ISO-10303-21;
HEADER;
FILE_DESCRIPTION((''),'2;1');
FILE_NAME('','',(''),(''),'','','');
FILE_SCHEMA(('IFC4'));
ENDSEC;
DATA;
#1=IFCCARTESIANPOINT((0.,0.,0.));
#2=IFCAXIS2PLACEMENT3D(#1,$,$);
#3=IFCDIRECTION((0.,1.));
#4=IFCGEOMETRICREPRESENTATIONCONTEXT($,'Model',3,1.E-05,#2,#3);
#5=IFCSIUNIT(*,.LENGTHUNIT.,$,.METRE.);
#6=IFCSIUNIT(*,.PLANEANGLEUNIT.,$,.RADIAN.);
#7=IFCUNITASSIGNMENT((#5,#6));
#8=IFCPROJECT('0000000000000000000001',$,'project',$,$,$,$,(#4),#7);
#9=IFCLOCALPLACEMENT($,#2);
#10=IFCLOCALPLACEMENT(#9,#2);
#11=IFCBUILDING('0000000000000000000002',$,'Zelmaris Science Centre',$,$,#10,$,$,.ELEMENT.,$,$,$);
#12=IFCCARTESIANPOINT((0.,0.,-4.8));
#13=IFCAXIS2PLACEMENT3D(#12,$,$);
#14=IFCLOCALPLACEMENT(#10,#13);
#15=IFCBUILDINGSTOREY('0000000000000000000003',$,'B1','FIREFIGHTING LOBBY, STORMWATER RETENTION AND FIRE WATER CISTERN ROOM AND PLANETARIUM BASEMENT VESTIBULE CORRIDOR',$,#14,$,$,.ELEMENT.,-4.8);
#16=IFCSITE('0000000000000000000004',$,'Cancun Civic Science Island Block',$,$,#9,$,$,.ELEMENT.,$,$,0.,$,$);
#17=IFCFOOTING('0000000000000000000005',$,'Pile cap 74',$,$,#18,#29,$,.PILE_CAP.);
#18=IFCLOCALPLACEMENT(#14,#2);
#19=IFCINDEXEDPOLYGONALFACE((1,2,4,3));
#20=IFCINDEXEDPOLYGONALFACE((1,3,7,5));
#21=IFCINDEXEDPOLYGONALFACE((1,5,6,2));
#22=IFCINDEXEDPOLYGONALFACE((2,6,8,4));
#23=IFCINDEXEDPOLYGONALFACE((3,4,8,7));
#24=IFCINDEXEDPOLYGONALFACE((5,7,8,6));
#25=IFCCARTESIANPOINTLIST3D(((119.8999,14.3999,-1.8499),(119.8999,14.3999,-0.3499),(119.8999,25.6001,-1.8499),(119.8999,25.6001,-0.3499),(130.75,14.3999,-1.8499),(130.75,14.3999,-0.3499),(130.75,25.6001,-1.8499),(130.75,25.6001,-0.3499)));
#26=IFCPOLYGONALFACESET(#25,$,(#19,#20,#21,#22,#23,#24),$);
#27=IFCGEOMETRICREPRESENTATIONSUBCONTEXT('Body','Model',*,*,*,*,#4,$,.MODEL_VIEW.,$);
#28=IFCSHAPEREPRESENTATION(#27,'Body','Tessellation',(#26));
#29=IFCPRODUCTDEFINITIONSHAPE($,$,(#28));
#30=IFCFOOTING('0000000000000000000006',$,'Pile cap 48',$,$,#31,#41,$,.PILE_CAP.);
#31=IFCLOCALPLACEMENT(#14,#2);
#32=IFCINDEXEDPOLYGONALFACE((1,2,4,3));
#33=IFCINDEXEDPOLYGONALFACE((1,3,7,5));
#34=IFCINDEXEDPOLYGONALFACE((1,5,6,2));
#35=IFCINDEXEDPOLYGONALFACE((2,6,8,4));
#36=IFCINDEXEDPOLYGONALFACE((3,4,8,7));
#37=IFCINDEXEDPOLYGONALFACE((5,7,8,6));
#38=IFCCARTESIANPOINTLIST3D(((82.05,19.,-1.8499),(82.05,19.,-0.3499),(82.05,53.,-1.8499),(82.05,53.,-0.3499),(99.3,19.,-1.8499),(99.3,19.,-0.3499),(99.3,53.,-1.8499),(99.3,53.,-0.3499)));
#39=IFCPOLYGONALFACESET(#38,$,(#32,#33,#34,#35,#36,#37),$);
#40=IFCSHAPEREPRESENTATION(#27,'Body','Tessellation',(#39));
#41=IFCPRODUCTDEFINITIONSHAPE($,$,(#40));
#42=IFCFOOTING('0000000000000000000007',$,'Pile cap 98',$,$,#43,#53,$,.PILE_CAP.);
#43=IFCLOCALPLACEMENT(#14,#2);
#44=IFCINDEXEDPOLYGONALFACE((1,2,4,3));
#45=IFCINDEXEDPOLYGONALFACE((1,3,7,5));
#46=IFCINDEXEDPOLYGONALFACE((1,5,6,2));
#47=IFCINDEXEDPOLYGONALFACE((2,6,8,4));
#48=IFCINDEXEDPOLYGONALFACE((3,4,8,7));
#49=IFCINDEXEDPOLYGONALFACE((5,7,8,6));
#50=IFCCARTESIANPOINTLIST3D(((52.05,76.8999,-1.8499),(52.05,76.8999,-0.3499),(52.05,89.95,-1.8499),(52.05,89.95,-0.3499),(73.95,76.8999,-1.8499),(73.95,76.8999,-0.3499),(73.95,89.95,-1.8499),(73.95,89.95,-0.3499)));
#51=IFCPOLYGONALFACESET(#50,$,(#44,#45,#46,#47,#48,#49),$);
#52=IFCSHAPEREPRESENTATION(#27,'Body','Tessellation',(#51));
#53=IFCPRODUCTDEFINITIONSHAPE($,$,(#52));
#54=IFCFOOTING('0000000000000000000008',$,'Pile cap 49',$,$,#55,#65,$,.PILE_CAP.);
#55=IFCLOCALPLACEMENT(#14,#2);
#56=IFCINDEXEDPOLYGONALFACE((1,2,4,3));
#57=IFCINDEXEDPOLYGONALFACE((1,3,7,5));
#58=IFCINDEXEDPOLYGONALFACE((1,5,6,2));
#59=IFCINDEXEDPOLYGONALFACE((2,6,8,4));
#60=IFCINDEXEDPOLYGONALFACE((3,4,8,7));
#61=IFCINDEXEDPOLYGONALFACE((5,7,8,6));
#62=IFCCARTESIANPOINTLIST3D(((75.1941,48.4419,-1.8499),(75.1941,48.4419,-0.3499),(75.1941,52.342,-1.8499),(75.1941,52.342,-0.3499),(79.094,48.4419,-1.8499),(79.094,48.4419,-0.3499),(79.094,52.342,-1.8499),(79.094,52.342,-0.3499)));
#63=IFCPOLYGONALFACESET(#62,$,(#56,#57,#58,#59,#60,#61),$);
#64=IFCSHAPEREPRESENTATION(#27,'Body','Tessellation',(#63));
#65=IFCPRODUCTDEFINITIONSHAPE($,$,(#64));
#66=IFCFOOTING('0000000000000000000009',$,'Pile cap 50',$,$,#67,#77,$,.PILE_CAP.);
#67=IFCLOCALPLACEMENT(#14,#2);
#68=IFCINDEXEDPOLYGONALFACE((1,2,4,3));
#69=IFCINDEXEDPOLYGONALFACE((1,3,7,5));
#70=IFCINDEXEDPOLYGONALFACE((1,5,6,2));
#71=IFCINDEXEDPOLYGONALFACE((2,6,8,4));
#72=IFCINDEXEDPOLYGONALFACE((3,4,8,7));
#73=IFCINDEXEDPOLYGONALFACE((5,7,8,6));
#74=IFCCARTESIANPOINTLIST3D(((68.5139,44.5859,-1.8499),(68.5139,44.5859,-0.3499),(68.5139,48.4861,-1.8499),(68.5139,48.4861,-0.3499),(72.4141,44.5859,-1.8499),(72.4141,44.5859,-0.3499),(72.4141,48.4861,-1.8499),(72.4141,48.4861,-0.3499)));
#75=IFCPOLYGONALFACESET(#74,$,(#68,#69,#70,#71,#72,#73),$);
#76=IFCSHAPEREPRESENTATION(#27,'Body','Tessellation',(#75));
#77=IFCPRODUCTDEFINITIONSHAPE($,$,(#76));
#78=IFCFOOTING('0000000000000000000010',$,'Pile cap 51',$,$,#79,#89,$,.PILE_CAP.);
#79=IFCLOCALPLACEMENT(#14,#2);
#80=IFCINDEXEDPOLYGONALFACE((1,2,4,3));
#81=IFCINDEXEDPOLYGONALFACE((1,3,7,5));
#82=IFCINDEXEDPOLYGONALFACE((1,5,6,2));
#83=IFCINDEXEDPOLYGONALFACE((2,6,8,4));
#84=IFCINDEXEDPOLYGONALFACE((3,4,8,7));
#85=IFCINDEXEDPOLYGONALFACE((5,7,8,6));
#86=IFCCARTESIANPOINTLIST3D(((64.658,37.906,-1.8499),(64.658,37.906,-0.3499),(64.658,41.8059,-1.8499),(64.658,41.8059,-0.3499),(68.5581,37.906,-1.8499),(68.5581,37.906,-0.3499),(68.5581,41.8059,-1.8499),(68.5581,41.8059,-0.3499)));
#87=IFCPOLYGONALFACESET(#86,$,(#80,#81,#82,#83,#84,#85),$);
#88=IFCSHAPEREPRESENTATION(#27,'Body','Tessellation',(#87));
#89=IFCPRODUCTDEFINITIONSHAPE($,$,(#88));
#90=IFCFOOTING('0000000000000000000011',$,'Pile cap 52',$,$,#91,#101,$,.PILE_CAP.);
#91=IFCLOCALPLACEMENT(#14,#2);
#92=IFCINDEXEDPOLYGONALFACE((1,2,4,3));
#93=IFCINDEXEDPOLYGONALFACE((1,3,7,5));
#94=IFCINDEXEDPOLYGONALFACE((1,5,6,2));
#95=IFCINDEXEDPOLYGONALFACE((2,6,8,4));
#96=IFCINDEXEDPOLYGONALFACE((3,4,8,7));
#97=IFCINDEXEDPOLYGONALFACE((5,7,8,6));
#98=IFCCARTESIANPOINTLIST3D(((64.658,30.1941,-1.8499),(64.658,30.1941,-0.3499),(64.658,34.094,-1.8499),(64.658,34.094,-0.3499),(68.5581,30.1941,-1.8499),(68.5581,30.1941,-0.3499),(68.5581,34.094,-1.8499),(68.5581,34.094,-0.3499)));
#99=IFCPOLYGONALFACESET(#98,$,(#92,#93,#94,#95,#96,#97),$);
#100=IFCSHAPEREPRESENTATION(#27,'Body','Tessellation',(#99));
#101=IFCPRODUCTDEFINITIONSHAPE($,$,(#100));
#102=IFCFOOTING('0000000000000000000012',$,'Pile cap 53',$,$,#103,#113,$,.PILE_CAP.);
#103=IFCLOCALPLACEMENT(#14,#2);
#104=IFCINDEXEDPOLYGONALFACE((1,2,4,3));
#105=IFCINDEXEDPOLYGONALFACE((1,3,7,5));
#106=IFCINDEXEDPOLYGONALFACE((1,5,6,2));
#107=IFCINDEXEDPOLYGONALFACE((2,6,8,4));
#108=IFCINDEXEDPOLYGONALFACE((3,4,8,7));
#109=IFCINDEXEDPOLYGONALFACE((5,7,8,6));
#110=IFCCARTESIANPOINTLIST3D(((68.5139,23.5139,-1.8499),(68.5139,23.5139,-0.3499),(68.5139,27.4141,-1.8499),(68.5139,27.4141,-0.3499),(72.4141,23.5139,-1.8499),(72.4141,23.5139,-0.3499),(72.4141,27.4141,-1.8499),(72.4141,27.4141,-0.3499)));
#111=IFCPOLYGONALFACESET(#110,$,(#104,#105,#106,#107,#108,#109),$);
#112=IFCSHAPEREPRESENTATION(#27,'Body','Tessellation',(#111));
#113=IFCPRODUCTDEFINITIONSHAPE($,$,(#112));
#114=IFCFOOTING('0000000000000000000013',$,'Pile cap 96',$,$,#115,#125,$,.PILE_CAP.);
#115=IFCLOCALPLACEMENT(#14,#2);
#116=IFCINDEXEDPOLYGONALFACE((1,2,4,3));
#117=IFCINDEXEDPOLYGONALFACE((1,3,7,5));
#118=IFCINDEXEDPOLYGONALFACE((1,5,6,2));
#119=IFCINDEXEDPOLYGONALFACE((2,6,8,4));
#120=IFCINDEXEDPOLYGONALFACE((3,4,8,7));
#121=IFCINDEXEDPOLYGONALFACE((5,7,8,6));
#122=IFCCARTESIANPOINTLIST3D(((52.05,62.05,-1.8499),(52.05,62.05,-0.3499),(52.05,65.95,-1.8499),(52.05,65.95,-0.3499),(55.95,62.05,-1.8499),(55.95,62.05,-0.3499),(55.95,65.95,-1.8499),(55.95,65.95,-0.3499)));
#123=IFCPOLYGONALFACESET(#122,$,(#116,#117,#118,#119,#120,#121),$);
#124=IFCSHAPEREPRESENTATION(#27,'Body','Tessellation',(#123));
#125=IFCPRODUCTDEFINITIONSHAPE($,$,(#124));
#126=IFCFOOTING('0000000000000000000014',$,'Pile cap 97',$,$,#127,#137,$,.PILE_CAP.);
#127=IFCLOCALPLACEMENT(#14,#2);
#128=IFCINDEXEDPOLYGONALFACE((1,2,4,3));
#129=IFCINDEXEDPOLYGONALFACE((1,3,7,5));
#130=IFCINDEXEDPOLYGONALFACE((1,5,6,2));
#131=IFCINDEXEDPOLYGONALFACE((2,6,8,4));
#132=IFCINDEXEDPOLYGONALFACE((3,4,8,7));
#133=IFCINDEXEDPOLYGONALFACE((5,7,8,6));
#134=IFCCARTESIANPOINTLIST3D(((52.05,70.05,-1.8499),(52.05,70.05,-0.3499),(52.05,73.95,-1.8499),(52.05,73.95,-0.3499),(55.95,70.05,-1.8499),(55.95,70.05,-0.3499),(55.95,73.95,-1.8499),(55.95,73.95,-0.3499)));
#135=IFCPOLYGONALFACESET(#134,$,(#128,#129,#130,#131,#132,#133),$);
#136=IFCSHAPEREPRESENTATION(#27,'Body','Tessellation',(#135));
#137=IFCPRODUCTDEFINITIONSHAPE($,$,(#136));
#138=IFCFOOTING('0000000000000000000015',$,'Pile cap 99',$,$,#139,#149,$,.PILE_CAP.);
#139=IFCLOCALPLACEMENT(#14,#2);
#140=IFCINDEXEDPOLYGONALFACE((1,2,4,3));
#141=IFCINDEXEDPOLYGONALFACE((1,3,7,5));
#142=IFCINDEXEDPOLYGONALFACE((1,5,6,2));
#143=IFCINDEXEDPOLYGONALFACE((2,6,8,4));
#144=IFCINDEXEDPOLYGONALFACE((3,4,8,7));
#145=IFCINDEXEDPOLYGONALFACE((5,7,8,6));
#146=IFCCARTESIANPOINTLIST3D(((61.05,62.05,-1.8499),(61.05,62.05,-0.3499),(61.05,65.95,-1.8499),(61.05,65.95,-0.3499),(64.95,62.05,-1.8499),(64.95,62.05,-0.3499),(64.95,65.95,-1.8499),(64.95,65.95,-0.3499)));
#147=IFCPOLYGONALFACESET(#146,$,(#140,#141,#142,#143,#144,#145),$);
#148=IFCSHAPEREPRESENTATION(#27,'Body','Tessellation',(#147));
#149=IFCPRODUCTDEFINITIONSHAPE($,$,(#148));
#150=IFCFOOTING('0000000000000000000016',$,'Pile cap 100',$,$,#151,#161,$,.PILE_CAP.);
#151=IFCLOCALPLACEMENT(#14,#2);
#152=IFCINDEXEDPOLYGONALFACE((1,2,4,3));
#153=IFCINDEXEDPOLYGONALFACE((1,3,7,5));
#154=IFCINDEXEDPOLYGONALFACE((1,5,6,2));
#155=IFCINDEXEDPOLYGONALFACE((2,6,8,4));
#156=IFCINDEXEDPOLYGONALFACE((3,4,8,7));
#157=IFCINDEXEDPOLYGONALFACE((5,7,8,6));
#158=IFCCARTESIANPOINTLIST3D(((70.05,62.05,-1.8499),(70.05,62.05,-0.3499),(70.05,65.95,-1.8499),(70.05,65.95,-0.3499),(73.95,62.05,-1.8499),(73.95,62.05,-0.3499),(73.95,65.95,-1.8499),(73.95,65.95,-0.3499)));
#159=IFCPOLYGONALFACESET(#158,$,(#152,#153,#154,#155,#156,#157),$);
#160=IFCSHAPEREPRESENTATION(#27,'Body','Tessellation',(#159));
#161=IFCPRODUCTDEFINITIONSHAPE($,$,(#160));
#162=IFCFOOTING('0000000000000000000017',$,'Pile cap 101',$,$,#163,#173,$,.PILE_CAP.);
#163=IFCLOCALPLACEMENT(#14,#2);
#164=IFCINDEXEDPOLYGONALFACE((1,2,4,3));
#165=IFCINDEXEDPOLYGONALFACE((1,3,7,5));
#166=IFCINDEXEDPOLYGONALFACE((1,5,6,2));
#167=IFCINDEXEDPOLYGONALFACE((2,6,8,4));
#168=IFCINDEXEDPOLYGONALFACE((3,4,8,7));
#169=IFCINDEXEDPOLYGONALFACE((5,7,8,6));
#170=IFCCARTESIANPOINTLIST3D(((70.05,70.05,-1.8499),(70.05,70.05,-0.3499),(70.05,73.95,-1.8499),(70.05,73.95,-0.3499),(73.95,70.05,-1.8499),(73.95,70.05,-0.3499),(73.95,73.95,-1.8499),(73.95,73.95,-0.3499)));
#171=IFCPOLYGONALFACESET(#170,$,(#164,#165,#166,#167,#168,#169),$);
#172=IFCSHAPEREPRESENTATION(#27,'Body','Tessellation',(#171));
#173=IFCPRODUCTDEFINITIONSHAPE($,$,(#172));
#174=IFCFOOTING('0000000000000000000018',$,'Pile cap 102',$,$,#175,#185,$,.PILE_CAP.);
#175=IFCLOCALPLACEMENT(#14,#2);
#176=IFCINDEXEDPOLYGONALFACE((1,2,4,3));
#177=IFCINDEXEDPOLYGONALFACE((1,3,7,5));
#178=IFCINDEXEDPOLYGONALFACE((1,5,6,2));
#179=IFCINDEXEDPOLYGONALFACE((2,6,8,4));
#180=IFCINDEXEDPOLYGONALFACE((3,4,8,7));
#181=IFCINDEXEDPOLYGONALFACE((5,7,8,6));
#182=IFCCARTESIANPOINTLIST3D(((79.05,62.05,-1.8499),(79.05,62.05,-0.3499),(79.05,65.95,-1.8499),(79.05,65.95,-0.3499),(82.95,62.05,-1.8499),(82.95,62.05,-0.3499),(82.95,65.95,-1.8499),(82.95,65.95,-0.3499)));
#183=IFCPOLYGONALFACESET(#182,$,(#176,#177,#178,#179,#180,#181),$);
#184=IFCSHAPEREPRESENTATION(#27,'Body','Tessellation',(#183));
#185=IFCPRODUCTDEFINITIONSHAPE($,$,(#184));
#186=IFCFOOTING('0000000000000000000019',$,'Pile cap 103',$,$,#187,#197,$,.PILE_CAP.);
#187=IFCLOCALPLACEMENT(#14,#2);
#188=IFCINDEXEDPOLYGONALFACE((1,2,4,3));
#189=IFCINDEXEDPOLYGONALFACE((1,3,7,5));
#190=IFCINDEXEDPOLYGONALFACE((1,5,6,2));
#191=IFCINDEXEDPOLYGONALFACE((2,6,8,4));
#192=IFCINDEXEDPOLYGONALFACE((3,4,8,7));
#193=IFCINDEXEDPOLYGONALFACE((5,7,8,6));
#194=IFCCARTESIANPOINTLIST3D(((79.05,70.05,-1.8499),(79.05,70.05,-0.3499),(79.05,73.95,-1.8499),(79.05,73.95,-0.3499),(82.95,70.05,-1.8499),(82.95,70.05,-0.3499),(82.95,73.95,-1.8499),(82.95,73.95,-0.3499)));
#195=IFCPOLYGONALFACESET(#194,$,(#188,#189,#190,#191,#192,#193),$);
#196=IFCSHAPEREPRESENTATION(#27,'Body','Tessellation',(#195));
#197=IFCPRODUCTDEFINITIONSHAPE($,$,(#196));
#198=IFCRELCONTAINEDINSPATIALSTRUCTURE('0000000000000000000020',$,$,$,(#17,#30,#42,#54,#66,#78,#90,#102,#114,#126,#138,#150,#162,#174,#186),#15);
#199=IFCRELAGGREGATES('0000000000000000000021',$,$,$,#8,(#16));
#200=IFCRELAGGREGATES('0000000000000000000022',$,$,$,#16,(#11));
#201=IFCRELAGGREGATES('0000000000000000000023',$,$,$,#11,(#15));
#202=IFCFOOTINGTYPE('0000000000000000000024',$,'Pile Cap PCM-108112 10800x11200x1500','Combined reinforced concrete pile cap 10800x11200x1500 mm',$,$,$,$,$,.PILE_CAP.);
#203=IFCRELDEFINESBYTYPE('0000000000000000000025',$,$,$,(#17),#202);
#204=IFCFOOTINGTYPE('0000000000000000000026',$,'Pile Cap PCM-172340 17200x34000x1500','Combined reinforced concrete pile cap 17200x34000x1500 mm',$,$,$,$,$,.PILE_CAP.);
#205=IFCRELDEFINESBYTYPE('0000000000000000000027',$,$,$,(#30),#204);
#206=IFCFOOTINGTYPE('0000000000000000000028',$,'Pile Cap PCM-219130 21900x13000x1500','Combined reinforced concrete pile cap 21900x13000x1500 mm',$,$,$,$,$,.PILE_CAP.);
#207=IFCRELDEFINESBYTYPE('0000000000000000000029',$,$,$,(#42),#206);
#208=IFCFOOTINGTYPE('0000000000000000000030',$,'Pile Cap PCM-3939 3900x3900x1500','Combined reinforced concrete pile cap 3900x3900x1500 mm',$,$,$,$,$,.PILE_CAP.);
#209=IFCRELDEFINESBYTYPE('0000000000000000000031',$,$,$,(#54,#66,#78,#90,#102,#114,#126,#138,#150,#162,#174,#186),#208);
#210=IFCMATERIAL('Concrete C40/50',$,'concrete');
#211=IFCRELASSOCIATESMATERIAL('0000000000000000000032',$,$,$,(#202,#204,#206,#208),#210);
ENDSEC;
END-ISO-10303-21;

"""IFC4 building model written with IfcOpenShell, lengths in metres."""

from ifc_helpers import new_model, si_unit, direction, frame, origin, place, context, subcontext, project, spatial, polyline, outline, extrude, material, type_object, element, save


model = new_model("IFC4")

# Units and contexts
model_context = context("Model", 3, precision=1e-05, world=origin(), true_north=direction((0.0, 1.0)))
body_context = subcontext(model_context, "Body", "Model", "MODEL_VIEW")
ifc_project = project(units=[si_unit("LENGTHUNIT", "METRE"), si_unit("PLANEANGLEUNIT", "RADIAN")], contexts=[model_context])

# Site, building, storey
site_placement = place(None, origin())
site = spatial("IfcSite", under=ifc_project, at=site_placement, Name="Cancun Civic Science Island Block", CompositionType="ELEMENT", RefElevation=0.0)
building_placement = place(site_placement, origin())
building = spatial("IfcBuilding", under=site, at=building_placement, Name="Zelmaris Science Centre", CompositionType="ELEMENT")
storey_placement = place(building_placement, frame((0.0, 0.0, -4.8)))
storey = spatial("IfcBuildingStorey", under=building, at=storey_placement, Name="B1", Description="FIREFIGHTING LOBBY, STORMWATER RETENTION AND FIRE WATER CISTERN ROOM AND PLANETARIUM BASEMENT VESTIBULE CORRIDOR", CompositionType="ELEMENT", Elevation=-4.8)

# Footings
ifc_material = material(Name="Concrete C40/50", Category="concrete")
footing_type_1 = type_object("IfcFootingType", Name="Pile Cap PCM-108112 10800x11200x1500", Description="Combined reinforced concrete pile cap 10800x11200x1500 mm", PredefinedType="PILE_CAP", material=ifc_material)
footing_1_placement = place(storey_placement, frame((0.0, 0.0, -1.8499)))
element("IfcFooting", 1, at=footing_1_placement, inside=storey, type_object=footing_type_1, Name="Pile cap 74", PredefinedType="PILE_CAP", context=body_context, shape_type="SweptSolid", body=[
    extrude(outline(polyline([(119.8999, 14.3999), (130.75, 14.3999), (130.75, 25.6001), (119.8999, 25.6001), (119.8999, 14.3999)])), origin(), (0.0, 0.0, 1.0), 1.5),
])
footing_type_2 = type_object("IfcFootingType", Name="Pile Cap PCM-172340 17200x34000x1500", Description="Combined reinforced concrete pile cap 17200x34000x1500 mm", PredefinedType="PILE_CAP", material=ifc_material)
footing_2_placement = place(storey_placement, frame((0.0, 0.0, -1.8499)))
element("IfcFooting", 2, at=footing_2_placement, inside=storey, type_object=footing_type_2, Name="Pile cap 48", PredefinedType="PILE_CAP", context=body_context, shape_type="SweptSolid", body=[
    extrude(outline(polyline([(82.05, 19.0), (99.3, 19.0), (99.3, 53.0), (82.05, 53.0), (82.05, 19.0)])), origin(), (0.0, 0.0, 1.0), 1.5),
])
footing_type_3 = type_object("IfcFootingType", Name="Pile Cap PCM-219130 21900x13000x1500", Description="Combined reinforced concrete pile cap 21900x13000x1500 mm", PredefinedType="PILE_CAP", material=ifc_material)
footing_3_placement = place(storey_placement, frame((0.0, 0.0, -1.8499)))
element("IfcFooting", 3, at=footing_3_placement, inside=storey, type_object=footing_type_3, Name="Pile cap 98", PredefinedType="PILE_CAP", context=body_context, shape_type="SweptSolid", body=[
    extrude(outline(polyline([(52.05, 76.8999), (73.95, 76.8999), (73.95, 89.95), (52.05, 89.95), (52.05, 76.8999)])), origin(), (0.0, 0.0, 1.0), 1.5),
])
footing_type_4 = type_object("IfcFootingType", Name="Pile Cap PCM-3939 3900x3900x1500", Description="Combined reinforced concrete pile cap 3900x3900x1500 mm", PredefinedType="PILE_CAP", material=ifc_material)
footing_4_placement = place(storey_placement, frame((0.0, 0.0, -1.8499)))
element("IfcFooting", 4, at=footing_4_placement, inside=storey, type_object=footing_type_4, Name="Pile cap 49", PredefinedType="PILE_CAP", context=body_context, shape_type="SweptSolid", body=[
    extrude(outline(polyline([(75.1941, 48.4419), (79.094, 48.4419), (79.094, 52.342), (75.1941, 52.342), (75.1941, 48.4419)])), origin(), (0.0, 0.0, 1.0), 1.5),
])
footing_5_placement = place(storey_placement, frame((0.0, 0.0, -1.8499)))
element("IfcFooting", 5, at=footing_5_placement, inside=storey, type_object=footing_type_4, Name="Pile cap 50", PredefinedType="PILE_CAP", context=body_context, shape_type="SweptSolid", body=[
    extrude(outline(polyline([(68.5139, 44.5859), (72.4141, 44.5859), (72.4141, 48.4861), (68.5139, 48.4861), (68.5139, 44.5859)])), origin(), (0.0, 0.0, 1.0), 1.5),
])
footing_6_placement = place(storey_placement, frame((0.0, 0.0, -1.8499)))
element("IfcFooting", 6, at=footing_6_placement, inside=storey, type_object=footing_type_4, Name="Pile cap 51", PredefinedType="PILE_CAP", context=body_context, shape_type="SweptSolid", body=[
    extrude(outline(polyline([(64.658, 37.906), (68.5581, 37.906), (68.5581, 41.8059), (64.658, 41.8059), (64.658, 37.906)])), origin(), (0.0, 0.0, 1.0), 1.5),
])
footing_7_placement = place(storey_placement, frame((0.0, 0.0, -1.8499)))
element("IfcFooting", 7, at=footing_7_placement, inside=storey, type_object=footing_type_4, Name="Pile cap 52", PredefinedType="PILE_CAP", context=body_context, shape_type="SweptSolid", body=[
    extrude(outline(polyline([(64.658, 30.1941), (68.5581, 30.1941), (68.5581, 34.094), (64.658, 34.094), (64.658, 30.1941)])), origin(), (0.0, 0.0, 1.0), 1.5),
])
footing_8_placement = place(storey_placement, frame((0.0, 0.0, -1.8499)))
element("IfcFooting", 8, at=footing_8_placement, inside=storey, type_object=footing_type_4, Name="Pile cap 53", PredefinedType="PILE_CAP", context=body_context, shape_type="SweptSolid", body=[
    extrude(outline(polyline([(68.5139, 23.5139), (72.4141, 23.5139), (72.4141, 27.4141), (68.5139, 27.4141), (68.5139, 23.5139)])), origin(), (0.0, 0.0, 1.0), 1.5),
])
footing_9_placement = place(storey_placement, frame((0.0, 0.0, -1.8499)))
element("IfcFooting", 9, at=footing_9_placement, inside=storey, type_object=footing_type_4, Name="Pile cap 96", PredefinedType="PILE_CAP", context=body_context, shape_type="SweptSolid", body=[
    extrude(outline(polyline([(52.05, 62.05), (55.95, 62.05), (55.95, 65.95), (52.05, 65.95), (52.05, 62.05)])), origin(), (0.0, 0.0, 1.0), 1.5),
])
footing_10_placement = place(storey_placement, frame((0.0, 0.0, -1.8499)))
element("IfcFooting", 10, at=footing_10_placement, inside=storey, type_object=footing_type_4, Name="Pile cap 97", PredefinedType="PILE_CAP", context=body_context, shape_type="SweptSolid", body=[
    extrude(outline(polyline([(52.05, 70.05), (55.95, 70.05), (55.95, 73.95), (52.05, 73.95), (52.05, 70.05)])), origin(), (0.0, 0.0, 1.0), 1.5),
])
footing_11_placement = place(storey_placement, frame((0.0, 0.0, -1.8499)))
element("IfcFooting", 11, at=footing_11_placement, inside=storey, type_object=footing_type_4, Name="Pile cap 99", PredefinedType="PILE_CAP", context=body_context, shape_type="SweptSolid", body=[
    extrude(outline(polyline([(61.05, 62.05), (64.95, 62.05), (64.95, 65.95), (61.05, 65.95), (61.05, 62.05)])), origin(), (0.0, 0.0, 1.0), 1.5),
])
footing_12_placement = place(storey_placement, frame((0.0, 0.0, -1.8499)))
element("IfcFooting", 12, at=footing_12_placement, inside=storey, type_object=footing_type_4, Name="Pile cap 100", PredefinedType="PILE_CAP", context=body_context, shape_type="SweptSolid", body=[
    extrude(outline(polyline([(70.05, 62.05), (73.95, 62.05), (73.95, 65.95), (70.05, 65.95), (70.05, 62.05)])), origin(), (0.0, 0.0, 1.0), 1.5),
])
footing_13_placement = place(storey_placement, frame((0.0, 0.0, -1.8499)))
element("IfcFooting", 13, at=footing_13_placement, inside=storey, type_object=footing_type_4, Name="Pile cap 101", PredefinedType="PILE_CAP", context=body_context, shape_type="SweptSolid", body=[
    extrude(outline(polyline([(70.05, 70.05), (73.95, 70.05), (73.95, 73.95), (70.05, 73.95), (70.05, 70.05)])), origin(), (0.0, 0.0, 1.0), 1.5),
])
footing_14_placement = place(storey_placement, frame((0.0, 0.0, -1.8499)))
element("IfcFooting", 14, at=footing_14_placement, inside=storey, type_object=footing_type_4, Name="Pile cap 102", PredefinedType="PILE_CAP", context=body_context, shape_type="SweptSolid", body=[
    extrude(outline(polyline([(79.05, 62.05), (82.95, 62.05), (82.95, 65.95), (79.05, 65.95), (79.05, 62.05)])), origin(), (0.0, 0.0, 1.0), 1.5),
])
footing_15_placement = place(storey_placement, frame((0.0, 0.0, -1.8499)))
element("IfcFooting", 15, at=footing_15_placement, inside=storey, type_object=footing_type_4, Name="Pile cap 103", PredefinedType="PILE_CAP", context=body_context, shape_type="SweptSolid", body=[
    extrude(outline(polyline([(79.05, 70.05), (82.95, 70.05), (82.95, 73.95), (79.05, 73.95), (79.05, 70.05)])), origin(), (0.0, 0.0, 1.0), 1.5),
])

save(model, "model.ifc")
